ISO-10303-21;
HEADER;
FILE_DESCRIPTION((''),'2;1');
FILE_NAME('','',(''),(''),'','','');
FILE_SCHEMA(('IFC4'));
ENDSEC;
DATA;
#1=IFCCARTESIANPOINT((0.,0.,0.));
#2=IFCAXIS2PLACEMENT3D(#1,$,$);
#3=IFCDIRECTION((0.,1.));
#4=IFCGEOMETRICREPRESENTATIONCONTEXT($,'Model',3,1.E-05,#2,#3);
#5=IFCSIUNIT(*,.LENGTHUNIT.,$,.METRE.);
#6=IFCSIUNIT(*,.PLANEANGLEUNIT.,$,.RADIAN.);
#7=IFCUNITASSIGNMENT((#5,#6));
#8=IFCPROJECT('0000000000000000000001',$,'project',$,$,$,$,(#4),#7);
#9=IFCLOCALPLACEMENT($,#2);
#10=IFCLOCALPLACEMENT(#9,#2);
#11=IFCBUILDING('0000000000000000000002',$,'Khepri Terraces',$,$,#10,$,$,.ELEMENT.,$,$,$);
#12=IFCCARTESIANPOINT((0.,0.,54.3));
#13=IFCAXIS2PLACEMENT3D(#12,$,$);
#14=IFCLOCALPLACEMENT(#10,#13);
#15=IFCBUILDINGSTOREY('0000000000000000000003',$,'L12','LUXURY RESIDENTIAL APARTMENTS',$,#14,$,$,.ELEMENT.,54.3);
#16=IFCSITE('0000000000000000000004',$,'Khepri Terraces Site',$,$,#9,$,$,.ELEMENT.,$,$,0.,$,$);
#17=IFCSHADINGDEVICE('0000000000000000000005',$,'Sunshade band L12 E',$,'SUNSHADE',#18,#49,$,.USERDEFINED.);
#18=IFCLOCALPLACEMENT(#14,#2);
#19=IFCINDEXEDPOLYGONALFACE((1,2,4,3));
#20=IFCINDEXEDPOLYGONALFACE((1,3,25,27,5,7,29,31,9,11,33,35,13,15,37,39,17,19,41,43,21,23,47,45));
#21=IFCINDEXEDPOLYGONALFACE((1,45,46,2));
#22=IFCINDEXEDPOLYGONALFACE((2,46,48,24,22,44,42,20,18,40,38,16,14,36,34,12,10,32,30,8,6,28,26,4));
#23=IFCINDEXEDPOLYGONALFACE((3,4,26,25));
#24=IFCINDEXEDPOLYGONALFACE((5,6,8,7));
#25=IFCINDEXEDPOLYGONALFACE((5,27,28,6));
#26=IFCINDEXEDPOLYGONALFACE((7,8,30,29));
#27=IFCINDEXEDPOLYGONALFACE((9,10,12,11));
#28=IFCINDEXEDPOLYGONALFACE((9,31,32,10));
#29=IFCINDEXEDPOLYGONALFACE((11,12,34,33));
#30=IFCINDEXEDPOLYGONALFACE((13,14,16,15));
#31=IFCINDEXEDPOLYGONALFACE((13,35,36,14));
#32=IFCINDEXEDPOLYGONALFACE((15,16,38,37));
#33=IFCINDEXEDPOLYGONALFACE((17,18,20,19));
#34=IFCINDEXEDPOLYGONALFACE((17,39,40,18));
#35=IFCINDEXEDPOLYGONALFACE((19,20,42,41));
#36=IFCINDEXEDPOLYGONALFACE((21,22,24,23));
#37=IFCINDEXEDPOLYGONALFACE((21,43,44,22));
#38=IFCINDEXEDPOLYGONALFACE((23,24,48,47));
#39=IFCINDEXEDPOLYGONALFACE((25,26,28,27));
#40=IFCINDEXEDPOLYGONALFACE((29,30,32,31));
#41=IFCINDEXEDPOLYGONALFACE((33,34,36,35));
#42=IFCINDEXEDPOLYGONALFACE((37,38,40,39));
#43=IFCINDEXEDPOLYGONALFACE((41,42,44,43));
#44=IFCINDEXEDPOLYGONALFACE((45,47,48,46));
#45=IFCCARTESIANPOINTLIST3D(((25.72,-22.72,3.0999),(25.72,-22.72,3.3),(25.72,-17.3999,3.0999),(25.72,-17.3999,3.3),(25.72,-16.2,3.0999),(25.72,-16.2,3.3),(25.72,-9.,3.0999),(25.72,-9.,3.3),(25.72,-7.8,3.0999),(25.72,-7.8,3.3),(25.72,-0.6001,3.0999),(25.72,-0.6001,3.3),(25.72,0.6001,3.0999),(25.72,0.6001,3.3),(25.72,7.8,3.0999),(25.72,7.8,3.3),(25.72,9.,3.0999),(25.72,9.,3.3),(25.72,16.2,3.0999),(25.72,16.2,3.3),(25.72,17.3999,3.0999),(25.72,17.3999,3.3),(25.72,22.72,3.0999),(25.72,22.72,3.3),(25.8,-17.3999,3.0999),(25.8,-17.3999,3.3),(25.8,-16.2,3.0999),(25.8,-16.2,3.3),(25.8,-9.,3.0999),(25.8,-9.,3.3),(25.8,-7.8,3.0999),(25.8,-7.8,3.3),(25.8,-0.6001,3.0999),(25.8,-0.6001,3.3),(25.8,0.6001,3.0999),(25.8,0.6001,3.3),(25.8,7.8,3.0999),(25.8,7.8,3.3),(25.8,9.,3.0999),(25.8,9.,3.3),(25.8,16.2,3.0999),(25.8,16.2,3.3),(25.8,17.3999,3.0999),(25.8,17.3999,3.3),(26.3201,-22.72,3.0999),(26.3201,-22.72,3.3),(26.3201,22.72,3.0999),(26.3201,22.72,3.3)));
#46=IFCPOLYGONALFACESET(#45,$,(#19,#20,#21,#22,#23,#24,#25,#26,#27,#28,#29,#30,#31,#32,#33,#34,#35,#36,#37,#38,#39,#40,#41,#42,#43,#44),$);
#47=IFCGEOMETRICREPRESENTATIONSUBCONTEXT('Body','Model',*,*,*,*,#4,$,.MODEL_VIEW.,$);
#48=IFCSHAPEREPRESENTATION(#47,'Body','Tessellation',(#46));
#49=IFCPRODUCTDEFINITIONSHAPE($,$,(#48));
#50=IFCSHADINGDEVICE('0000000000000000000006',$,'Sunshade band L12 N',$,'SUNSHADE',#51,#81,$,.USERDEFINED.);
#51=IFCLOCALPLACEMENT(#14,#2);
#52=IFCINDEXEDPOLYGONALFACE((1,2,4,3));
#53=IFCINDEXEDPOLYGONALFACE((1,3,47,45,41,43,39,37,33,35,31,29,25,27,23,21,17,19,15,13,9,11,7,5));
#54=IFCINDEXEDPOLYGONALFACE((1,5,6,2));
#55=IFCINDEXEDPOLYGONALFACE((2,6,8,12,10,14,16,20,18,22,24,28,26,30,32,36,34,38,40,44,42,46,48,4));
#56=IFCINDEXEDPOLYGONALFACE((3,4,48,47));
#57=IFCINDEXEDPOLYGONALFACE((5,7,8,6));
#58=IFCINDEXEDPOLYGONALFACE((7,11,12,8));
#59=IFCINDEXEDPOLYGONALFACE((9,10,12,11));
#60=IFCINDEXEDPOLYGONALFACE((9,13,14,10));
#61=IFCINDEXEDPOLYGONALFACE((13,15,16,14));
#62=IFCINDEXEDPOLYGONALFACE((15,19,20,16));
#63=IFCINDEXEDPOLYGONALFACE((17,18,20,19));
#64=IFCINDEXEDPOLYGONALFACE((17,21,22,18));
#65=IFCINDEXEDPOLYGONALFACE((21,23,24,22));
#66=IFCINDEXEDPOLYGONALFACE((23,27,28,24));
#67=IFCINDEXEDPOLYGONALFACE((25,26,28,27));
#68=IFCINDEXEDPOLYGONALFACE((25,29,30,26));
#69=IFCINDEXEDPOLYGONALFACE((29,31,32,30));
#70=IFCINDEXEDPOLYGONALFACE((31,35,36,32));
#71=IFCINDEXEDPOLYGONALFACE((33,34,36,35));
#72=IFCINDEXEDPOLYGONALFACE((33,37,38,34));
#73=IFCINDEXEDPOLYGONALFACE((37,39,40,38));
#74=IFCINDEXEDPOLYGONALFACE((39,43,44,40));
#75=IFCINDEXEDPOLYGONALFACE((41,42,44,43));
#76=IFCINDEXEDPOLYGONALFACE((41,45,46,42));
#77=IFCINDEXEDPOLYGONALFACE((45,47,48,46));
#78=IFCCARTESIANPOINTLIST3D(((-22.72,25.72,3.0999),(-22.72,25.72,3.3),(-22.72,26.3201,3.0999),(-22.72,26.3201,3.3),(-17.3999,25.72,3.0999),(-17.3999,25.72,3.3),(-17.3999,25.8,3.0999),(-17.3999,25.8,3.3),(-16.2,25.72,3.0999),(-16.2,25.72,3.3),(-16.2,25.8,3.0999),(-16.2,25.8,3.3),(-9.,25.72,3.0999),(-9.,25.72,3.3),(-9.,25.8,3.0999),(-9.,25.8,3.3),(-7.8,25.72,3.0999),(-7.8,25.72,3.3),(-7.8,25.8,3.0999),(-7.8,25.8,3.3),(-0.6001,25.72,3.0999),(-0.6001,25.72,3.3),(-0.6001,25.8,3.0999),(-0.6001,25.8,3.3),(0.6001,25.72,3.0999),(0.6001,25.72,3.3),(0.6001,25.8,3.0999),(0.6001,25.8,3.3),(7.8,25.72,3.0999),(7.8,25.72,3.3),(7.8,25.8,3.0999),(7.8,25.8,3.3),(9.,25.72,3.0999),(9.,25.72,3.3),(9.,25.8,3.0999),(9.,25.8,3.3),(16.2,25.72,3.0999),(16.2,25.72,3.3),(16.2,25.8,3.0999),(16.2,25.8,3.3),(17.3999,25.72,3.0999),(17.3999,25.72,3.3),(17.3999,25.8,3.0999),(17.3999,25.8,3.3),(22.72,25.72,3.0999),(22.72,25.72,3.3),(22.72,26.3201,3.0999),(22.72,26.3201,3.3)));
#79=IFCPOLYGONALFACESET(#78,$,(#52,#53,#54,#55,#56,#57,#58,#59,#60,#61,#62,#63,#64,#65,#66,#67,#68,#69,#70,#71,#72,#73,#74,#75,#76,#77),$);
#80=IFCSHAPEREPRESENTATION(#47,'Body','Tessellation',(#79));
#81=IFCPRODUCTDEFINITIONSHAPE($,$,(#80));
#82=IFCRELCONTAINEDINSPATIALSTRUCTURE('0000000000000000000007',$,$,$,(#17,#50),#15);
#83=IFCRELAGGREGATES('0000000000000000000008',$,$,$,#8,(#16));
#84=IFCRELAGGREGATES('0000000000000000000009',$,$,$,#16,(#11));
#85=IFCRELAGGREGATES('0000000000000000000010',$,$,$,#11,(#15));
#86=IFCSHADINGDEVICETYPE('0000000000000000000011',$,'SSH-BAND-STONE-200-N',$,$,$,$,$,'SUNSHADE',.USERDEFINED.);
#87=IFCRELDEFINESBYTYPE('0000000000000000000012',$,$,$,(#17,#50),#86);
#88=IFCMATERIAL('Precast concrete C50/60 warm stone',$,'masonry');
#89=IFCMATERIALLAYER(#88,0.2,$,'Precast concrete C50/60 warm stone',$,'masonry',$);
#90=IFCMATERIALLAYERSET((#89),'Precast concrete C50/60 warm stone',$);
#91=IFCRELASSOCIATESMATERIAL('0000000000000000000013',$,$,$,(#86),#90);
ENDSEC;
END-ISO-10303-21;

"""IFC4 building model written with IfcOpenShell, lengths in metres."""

from ifc_helpers import new_model, si_unit, direction, frame, origin, place, context, subcontext, project, spatial, polyline, outline, extrude, material, layer, layer_set, type_object, element, save


model = new_model("IFC4")

# Units and contexts
model_context = context("Model", 3, precision=1e-05, world=origin(), true_north=direction((0.0, 1.0)))
body_context = subcontext(model_context, "Body", "Model", "MODEL_VIEW")
ifc_project = project(units=[si_unit("LENGTHUNIT", "METRE"), si_unit("PLANEANGLEUNIT", "RADIAN")], contexts=[model_context])

# Site, building, storey
site_placement = place(None, origin())
site = spatial("IfcSite", under=ifc_project, at=site_placement, Name="Khepri Terraces Site", CompositionType="ELEMENT", RefElevation=0.0)
building_placement = place(site_placement, origin())
building = spatial("IfcBuilding", under=site, at=building_placement, Name="Khepri Terraces", CompositionType="ELEMENT")
storey_placement = place(building_placement, frame((0.0, 0.0, 54.3)))
storey = spatial("IfcBuildingStorey", under=building, at=storey_placement, Name="L12", Description="LUXURY RESIDENTIAL APARTMENTS", CompositionType="ELEMENT", Elevation=54.3)

# Shading devices
ifc_material_1 = material(Name="Precast concrete C50/60 warm stone", Category="masonry")
ifc_layer_1 = layer(ifc_material_1, 0.2, Name="Precast concrete C50/60 warm stone", Category="masonry")
ifc_layer_set_1 = layer_set([ifc_layer_1], Name="Precast concrete C50/60 warm stone")
shading_device_type_1 = type_object("IfcShadingDeviceType", Name="SSH-BAND-STONE-200-N", ElementType="SUNSHADE", PredefinedType="USERDEFINED", material=ifc_layer_set_1)
shading_device_1_placement = place(storey_placement, frame((0.0, 0.0, 3.0999)))
element("IfcShadingDevice", 1, at=shading_device_1_placement, inside=storey, type_object=shading_device_type_1, Name="Sunshade band L12 E", ObjectType="SUNSHADE", PredefinedType="USERDEFINED", context=body_context, shape_type="SweptSolid", body=[
    extrude(outline(polyline([(25.72, -17.3999), (25.72, -22.72), (26.3201, -22.72), (26.3201, 22.72), (25.72, 22.72), (25.72, 17.3999), (25.8, 17.3999), (25.8, 16.2), (25.72, 16.2), (25.72, 9.0), (25.8, 9.0), (25.8, 7.8), (25.72, 7.8), (25.72, 0.6001), (25.8, 0.6001), (25.8, -0.6001), (25.72, -0.6001), (25.72, -7.8), (25.8, -7.8), (25.8, -9.0), (25.72, -9.0), (25.72, -16.2), (25.8, -16.2), (25.8, -17.3999), (25.72, -17.3999)])), origin(), (0.0, 0.0, 1.0), 0.2002),
])
shading_device_2_placement = place(storey_placement, frame((0.0, 0.0, 3.0999)))
element("IfcShadingDevice", 2, at=shading_device_2_placement, inside=storey, type_object=shading_device_type_1, Name="Sunshade band L12 N", ObjectType="SUNSHADE", PredefinedType="USERDEFINED", context=body_context, shape_type="SweptSolid", body=[
    extrude(outline(polyline([(17.3999, 25.72), (22.72, 25.72), (22.72, 26.3201), (-22.72, 26.3201), (-22.72, 25.72), (-17.3999, 25.72), (-17.3999, 25.8), (-16.2, 25.8), (-16.2, 25.72), (-9.0, 25.72), (-9.0, 25.8), (-7.8, 25.8), (-7.8, 25.72), (-0.6001, 25.72), (-0.6001, 25.8), (0.6001, 25.8), (0.6001, 25.72), (7.8, 25.72), (7.8, 25.8), (9.0, 25.8), (9.0, 25.72), (16.2, 25.72), (16.2, 25.8), (17.3999, 25.8), (17.3999, 25.72)])), origin(), (0.0, 0.0, 1.0), 0.2002),
])

save(model, "model.ifc")
